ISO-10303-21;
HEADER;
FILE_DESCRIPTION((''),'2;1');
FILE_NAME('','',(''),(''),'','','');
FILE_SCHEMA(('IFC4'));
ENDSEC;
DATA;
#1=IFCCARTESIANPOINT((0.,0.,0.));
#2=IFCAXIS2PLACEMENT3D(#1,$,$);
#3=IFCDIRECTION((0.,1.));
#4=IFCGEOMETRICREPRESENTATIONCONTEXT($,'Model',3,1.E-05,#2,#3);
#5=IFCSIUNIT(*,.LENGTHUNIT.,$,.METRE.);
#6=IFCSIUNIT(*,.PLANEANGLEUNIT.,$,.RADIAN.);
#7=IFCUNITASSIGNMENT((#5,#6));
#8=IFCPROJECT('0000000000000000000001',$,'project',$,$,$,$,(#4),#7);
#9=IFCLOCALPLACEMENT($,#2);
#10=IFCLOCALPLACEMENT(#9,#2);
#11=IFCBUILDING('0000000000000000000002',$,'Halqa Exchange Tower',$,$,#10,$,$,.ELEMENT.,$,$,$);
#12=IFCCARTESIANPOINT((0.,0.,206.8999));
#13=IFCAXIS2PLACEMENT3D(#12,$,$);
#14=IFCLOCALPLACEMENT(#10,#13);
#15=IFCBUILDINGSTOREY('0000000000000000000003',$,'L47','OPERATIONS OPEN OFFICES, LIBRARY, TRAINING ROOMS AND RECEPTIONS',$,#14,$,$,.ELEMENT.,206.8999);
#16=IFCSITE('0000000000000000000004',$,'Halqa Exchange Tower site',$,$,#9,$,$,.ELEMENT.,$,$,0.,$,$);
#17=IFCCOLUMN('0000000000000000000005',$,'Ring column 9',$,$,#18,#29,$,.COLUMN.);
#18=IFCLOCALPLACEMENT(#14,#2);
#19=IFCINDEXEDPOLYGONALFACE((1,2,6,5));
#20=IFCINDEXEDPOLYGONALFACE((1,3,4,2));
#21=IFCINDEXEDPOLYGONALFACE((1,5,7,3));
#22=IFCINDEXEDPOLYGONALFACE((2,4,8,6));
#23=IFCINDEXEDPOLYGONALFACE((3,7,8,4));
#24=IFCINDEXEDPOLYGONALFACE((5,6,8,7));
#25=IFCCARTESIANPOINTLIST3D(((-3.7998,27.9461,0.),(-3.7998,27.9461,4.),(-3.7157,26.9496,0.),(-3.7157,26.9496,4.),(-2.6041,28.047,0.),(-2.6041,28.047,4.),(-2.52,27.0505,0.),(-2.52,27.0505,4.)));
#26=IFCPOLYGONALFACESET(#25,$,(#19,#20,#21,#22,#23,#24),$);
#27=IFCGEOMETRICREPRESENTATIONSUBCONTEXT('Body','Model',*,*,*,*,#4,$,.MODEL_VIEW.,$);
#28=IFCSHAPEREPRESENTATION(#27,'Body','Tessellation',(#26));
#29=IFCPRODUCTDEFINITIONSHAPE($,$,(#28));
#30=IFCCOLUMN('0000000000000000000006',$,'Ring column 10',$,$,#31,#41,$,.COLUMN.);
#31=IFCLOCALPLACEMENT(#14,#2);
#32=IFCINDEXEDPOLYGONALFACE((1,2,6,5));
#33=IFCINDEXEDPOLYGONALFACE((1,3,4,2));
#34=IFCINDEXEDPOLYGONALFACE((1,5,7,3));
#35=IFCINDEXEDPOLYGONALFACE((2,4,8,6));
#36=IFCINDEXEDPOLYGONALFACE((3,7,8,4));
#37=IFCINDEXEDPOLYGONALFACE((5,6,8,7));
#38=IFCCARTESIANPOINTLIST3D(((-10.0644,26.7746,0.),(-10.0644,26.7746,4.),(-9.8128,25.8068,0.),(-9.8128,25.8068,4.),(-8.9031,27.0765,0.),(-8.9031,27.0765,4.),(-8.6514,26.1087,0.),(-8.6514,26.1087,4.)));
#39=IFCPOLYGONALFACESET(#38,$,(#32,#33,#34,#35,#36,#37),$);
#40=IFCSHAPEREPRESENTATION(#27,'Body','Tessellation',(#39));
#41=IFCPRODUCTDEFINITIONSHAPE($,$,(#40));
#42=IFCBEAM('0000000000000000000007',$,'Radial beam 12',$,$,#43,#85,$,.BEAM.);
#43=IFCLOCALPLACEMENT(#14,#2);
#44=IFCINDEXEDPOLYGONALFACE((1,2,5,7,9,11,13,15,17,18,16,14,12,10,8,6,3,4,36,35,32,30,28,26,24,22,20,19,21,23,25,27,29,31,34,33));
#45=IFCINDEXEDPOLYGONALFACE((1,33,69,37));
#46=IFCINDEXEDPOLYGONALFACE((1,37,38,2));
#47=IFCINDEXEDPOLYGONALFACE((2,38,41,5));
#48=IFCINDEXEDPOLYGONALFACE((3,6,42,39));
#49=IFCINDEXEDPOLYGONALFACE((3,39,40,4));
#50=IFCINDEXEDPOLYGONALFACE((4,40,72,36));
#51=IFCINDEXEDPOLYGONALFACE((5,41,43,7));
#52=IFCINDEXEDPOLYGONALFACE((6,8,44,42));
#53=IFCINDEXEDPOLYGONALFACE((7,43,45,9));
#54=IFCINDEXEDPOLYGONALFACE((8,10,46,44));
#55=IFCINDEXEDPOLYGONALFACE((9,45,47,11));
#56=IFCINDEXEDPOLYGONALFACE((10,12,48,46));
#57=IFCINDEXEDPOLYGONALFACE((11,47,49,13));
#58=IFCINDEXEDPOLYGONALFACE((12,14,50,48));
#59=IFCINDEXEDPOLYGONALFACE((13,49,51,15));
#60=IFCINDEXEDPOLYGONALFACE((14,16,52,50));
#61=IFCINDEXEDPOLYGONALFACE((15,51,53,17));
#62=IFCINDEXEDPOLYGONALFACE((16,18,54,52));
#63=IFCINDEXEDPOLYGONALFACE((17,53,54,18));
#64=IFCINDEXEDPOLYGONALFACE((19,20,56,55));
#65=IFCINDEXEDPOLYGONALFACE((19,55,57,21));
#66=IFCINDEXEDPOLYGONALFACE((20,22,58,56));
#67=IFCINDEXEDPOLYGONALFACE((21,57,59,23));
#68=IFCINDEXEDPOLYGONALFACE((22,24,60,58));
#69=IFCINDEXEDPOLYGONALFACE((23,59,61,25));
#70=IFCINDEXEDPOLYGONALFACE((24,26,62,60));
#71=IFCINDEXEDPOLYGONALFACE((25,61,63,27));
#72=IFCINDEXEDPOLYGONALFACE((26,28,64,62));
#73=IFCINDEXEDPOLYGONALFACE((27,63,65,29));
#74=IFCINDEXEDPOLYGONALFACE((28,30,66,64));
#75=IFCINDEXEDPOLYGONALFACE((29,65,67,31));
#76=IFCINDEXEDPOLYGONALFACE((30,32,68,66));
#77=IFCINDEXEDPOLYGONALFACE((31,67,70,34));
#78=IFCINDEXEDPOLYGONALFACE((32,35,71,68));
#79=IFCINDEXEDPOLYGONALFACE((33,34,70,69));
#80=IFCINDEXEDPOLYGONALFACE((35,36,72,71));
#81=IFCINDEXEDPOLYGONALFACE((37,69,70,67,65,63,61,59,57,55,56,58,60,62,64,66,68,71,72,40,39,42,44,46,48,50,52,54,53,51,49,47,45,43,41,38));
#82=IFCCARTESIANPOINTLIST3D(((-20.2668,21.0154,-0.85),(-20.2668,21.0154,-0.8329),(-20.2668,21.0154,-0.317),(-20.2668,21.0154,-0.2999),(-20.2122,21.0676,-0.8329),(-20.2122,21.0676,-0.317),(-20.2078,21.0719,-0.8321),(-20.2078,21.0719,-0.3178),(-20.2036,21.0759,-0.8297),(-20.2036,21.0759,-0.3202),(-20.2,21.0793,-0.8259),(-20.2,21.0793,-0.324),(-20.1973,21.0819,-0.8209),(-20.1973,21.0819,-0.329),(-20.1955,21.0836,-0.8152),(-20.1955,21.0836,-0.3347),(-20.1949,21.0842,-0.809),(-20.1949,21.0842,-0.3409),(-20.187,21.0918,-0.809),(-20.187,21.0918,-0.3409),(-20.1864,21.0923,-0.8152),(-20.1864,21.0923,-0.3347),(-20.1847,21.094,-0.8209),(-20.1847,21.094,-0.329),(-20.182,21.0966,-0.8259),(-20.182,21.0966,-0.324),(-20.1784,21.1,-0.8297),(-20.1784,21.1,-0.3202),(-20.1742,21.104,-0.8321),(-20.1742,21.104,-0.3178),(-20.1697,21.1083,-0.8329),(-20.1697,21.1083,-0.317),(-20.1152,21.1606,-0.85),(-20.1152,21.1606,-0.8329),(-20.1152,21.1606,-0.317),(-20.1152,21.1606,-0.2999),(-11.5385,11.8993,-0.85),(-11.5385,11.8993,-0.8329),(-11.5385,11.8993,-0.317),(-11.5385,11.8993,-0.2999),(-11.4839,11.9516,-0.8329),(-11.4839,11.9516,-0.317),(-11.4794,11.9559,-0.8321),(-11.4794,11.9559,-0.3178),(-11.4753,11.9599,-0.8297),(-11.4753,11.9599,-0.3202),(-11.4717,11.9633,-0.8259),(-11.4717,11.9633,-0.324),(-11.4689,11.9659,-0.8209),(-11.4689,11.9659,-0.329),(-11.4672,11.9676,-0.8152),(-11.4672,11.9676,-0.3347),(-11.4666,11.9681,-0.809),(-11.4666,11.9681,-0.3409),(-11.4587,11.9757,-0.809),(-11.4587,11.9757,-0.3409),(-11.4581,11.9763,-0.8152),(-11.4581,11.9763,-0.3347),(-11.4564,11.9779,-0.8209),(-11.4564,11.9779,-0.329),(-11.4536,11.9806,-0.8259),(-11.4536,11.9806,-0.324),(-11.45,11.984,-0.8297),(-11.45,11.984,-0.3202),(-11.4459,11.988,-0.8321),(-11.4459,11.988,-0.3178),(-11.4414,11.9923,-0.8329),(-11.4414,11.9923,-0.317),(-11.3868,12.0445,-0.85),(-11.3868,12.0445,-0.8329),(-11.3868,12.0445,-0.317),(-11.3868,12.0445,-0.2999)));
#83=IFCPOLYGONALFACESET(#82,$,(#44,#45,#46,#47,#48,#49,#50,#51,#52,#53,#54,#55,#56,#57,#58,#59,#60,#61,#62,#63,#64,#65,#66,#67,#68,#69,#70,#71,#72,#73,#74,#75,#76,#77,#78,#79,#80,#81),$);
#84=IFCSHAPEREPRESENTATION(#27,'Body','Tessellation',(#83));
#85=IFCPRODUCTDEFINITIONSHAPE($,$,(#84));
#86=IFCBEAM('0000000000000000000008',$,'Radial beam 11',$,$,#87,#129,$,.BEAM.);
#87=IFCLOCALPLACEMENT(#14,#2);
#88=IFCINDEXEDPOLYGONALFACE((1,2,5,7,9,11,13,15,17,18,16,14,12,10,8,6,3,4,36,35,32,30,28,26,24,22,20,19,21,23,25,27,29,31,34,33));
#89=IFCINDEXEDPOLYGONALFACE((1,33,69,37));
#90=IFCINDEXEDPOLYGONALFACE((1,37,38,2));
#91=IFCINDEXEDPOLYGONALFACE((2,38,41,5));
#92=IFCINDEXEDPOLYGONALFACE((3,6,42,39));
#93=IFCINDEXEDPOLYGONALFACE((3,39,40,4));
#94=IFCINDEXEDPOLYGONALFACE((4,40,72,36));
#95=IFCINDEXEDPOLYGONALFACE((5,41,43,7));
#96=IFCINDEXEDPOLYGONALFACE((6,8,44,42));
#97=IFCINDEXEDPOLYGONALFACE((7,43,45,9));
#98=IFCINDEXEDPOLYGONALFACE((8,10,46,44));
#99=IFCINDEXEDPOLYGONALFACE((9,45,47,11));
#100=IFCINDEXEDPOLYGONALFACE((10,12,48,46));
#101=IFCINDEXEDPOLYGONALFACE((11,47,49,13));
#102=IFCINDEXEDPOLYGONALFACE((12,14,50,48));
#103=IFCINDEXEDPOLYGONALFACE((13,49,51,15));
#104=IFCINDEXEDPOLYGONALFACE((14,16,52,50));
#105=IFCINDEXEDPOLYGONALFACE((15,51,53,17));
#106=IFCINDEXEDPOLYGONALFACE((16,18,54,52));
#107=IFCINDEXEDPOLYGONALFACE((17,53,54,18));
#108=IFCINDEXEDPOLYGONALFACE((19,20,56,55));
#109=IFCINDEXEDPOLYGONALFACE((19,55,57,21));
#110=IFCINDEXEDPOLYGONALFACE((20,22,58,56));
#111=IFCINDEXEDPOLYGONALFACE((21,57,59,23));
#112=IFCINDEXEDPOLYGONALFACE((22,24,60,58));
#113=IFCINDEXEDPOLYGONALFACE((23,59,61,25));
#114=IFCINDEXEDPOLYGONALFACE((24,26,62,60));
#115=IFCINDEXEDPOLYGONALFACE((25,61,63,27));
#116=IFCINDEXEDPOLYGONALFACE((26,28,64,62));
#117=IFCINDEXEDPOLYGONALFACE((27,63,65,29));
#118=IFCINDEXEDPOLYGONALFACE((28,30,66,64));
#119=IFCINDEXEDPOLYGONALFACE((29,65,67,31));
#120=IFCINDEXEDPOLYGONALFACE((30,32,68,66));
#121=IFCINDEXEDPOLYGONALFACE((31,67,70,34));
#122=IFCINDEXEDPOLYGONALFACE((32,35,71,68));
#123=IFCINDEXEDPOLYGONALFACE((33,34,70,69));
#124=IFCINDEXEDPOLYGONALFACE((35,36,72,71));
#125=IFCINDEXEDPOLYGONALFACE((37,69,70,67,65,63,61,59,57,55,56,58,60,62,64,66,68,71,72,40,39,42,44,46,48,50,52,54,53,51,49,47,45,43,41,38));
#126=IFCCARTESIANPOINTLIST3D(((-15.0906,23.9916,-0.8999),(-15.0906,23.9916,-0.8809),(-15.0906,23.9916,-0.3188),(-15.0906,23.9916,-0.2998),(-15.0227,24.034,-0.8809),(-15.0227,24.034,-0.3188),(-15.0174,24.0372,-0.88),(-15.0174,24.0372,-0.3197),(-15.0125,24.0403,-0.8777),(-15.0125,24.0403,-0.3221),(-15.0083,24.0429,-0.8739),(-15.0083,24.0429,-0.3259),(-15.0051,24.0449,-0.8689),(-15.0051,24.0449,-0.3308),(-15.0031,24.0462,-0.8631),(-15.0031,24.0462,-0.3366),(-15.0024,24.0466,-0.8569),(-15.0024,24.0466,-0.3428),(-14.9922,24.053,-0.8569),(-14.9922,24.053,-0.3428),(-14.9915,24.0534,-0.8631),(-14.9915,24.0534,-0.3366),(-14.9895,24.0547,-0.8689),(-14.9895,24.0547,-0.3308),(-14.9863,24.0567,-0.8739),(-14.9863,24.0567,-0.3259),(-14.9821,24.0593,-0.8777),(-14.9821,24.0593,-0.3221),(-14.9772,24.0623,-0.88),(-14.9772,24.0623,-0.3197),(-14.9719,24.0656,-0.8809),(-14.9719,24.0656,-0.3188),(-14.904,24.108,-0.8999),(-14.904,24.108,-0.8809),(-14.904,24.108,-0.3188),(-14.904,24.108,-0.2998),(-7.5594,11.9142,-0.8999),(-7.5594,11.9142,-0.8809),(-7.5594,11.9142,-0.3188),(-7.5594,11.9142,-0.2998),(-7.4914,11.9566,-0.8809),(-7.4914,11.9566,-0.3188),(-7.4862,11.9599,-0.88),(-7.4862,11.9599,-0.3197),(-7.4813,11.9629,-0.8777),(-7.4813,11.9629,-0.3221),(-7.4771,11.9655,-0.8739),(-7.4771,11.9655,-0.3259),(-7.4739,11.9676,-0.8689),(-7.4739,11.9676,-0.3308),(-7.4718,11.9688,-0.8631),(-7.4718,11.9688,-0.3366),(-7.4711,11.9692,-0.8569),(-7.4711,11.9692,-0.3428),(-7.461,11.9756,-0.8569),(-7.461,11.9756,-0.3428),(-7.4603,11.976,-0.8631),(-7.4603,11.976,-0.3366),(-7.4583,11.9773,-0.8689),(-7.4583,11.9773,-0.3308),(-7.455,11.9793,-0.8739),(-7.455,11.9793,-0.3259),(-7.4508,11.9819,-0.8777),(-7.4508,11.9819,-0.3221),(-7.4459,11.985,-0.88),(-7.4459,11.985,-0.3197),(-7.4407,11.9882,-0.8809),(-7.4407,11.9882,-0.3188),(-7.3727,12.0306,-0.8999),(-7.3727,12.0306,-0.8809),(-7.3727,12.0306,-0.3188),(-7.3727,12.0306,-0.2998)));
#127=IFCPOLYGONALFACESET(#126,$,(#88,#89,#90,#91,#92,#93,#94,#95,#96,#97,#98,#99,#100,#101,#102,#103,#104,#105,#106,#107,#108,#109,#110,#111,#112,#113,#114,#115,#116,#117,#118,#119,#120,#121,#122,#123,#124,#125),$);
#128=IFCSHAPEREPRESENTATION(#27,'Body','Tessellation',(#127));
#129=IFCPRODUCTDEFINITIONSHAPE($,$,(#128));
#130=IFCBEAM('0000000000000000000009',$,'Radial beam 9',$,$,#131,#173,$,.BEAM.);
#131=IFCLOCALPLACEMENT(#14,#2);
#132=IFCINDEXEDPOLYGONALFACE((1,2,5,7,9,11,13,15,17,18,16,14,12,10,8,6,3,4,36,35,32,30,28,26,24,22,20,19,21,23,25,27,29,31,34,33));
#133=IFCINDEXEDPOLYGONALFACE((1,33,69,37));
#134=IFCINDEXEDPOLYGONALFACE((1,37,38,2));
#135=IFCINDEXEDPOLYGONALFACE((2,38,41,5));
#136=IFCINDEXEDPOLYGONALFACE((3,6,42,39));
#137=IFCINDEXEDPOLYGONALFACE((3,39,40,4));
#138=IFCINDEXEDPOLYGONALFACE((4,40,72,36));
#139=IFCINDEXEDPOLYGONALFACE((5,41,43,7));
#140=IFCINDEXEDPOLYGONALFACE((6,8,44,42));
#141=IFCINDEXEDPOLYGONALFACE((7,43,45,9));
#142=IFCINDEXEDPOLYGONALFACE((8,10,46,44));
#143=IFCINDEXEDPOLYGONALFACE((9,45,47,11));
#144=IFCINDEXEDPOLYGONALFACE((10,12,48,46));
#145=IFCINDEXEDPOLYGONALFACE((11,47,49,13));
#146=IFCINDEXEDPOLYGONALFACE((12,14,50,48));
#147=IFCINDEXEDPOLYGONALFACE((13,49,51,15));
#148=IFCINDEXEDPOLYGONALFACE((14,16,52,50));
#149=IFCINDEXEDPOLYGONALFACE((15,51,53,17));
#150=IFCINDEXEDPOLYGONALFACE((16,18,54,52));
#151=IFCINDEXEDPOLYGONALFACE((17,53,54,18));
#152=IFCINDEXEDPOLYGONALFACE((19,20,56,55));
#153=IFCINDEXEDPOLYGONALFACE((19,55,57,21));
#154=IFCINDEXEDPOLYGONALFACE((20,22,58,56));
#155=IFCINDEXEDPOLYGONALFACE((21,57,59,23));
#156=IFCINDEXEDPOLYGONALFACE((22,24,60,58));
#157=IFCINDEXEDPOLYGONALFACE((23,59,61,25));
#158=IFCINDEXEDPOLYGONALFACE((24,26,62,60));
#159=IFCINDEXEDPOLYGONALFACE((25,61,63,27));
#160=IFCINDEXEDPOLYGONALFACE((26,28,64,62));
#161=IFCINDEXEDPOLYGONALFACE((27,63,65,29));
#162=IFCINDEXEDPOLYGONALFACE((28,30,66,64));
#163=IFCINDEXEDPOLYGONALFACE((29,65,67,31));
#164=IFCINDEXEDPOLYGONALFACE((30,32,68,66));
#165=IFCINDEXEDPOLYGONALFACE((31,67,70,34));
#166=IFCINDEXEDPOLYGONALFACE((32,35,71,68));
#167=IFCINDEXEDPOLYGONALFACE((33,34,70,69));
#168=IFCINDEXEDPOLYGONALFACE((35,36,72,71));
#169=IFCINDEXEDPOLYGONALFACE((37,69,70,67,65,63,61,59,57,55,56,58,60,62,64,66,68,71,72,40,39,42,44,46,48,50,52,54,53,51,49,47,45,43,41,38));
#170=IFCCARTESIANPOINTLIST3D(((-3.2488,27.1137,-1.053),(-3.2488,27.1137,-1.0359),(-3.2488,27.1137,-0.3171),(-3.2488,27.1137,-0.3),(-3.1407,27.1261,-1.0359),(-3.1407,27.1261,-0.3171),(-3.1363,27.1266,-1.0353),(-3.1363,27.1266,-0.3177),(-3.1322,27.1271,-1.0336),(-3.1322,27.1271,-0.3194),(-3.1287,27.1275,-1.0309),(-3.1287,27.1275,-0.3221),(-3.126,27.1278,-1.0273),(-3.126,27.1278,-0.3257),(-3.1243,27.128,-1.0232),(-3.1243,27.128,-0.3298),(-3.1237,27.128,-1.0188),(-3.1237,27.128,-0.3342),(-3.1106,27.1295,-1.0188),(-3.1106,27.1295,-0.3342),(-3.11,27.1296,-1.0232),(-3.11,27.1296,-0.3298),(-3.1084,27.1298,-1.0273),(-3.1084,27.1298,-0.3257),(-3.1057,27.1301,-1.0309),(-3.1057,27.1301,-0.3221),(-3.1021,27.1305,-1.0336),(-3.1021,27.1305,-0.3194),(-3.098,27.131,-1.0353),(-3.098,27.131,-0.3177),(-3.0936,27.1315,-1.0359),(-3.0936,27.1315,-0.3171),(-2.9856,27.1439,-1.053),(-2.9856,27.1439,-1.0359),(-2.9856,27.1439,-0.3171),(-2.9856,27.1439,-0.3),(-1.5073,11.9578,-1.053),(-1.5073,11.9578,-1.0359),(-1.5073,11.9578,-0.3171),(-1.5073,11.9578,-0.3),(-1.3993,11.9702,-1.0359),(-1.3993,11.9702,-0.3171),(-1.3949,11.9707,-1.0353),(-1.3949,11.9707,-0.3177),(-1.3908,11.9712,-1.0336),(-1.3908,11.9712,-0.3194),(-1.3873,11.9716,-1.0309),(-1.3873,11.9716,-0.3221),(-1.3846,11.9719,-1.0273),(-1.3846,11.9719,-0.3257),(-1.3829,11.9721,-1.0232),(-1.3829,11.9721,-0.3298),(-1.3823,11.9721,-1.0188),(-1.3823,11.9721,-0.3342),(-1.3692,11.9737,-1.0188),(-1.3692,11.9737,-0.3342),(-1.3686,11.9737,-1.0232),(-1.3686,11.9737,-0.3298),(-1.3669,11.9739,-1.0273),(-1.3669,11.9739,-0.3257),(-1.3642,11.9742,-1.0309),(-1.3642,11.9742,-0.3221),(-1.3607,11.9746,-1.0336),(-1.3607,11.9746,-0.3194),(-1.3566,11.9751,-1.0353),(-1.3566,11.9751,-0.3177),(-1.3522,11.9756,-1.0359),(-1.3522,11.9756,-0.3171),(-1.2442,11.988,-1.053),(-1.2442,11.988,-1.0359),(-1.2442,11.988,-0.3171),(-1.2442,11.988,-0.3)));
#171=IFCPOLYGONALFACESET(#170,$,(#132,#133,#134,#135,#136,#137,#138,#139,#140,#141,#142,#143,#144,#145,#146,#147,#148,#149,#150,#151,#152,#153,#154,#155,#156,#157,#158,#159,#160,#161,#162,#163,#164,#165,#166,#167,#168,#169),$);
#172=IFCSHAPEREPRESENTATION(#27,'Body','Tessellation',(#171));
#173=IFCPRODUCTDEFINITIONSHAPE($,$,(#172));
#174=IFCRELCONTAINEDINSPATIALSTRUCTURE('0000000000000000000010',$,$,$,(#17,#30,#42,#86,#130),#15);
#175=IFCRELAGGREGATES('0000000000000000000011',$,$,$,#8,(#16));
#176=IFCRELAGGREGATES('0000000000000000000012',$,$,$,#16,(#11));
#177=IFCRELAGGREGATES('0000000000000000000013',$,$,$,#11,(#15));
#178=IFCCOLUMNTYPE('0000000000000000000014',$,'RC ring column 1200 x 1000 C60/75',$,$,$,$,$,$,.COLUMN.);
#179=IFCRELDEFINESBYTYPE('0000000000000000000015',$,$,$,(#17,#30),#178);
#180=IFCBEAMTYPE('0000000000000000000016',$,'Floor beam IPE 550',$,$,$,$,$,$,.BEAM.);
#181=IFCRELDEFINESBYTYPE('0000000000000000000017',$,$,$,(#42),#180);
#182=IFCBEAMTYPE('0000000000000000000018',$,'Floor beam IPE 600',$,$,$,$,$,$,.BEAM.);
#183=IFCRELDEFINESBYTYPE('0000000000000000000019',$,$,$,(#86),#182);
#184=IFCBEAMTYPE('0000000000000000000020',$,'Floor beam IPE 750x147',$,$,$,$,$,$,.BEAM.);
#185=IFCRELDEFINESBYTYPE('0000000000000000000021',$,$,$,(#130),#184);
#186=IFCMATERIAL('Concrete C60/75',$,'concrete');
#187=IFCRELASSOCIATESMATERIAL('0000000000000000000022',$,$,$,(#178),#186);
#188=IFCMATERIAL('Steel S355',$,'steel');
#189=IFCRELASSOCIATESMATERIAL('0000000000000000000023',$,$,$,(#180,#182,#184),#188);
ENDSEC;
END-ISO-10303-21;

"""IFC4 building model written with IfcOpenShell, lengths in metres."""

from ifc_helpers import new_model, si_unit, direction, frame, origin, origin_2d, place, context, subcontext, project, spatial, rectangle, i_section, extrude, material, material_profile, profile_set, type_object, element, save


model = new_model("IFC4")

# Units and contexts
model_context = context("Model", 3, precision=1e-05, world=origin(), true_north=direction((0.0, 1.0)))
body_context = subcontext(model_context, "Body", "Model", "MODEL_VIEW")
ifc_project = project(units=[si_unit("LENGTHUNIT", "METRE"), si_unit("PLANEANGLEUNIT", "RADIAN")], contexts=[model_context])

# Site, building, storey
site_placement = place(None, origin())
site = spatial("IfcSite", under=ifc_project, at=site_placement, Name="Halqa Exchange Tower site", CompositionType="ELEMENT", RefElevation=0.0)
building_placement = place(site_placement, origin())
building = spatial("IfcBuilding", under=site, at=building_placement, Name="Halqa Exchange Tower", CompositionType="ELEMENT")
storey_placement = place(building_placement, frame((0.0, 0.0, 206.8999)))
storey = spatial("IfcBuildingStorey", under=building, at=storey_placement, Name="L47", Description="OPERATIONS OPEN OFFICES, LIBRARY, TRAINING ROOMS AND RECEPTIONS", CompositionType="ELEMENT", Elevation=206.8999)

# Columns
ifc_material_1 = material(Name="Concrete C60/75", Category="concrete")
ifc_material_profile_1 = material_profile(ifc_material_1, rectangle(XDim=1.2, YDim=1.0, at=origin_2d()), Name="1200 x 1000")
ifc_profile_set_1 = profile_set([ifc_material_profile_1], Name="Concrete C60/75")
column_type = type_object("IfcColumnType", Name="RC ring column 1200 x 1000 C60/75", PredefinedType="COLUMN", material=ifc_profile_set_1)
for number, where, z_axis, x_axis, name in (
    (1, (-3.1599, 27.4983, 0.0), (0.0, 0.0, 1.0), (-0.996456, -0.084118, 0.0), "Ring column 9"),
    (2, (-9.3579, 26.4417, 0.0), (0.0, 0.0, 1.0), (-0.96782, -0.251642, 0.0), "Ring column 10"),
):
    element("IfcColumn", number, at=place(storey_placement, frame(where, z_axis=z_axis, x_axis=x_axis)), inside=storey, type_object=column_type, Name=name, PredefinedType="COLUMN", context=body_context, shape_type="SweptSolid", body=[
        extrude(rectangle(XDim=1.2, YDim=1.0, at=origin_2d()), origin(), (0.0, 0.0, 1.0), 4.0),
    ])

# Beams
ifc_material_2 = material(Name="Steel S355", Category="steel")
ifc_material_profile_2 = material_profile(ifc_material_2, i_section(OverallWidth=0.21, OverallDepth=0.55, WebThickness=0.011, FlangeThickness=0.0171, FilletRadius=0.0239, at=origin_2d()), Name="IPE 550")
ifc_profile_set_2 = profile_set([ifc_material_profile_2], Name="Steel S355")
beam_type_1 = type_object("IfcBeamType", Name="Floor beam IPE 550", PredefinedType="BEAM", material=ifc_profile_set_2)
beam_1_placement = place(storey_placement, frame((-11.4626, 11.9719, -0.575), z_axis=(-0.691581, 0.722299, 0.0), x_axis=(-0.722299, -0.691581, 0.0)))
element("IfcBeam", 3, at=beam_1_placement, inside=storey, type_object=beam_type_1, Name="Radial beam 12", PredefinedType="BEAM", context=body_context, shape_type="SweptSolid", body=[
    extrude(i_section(OverallWidth=0.21, OverallDepth=0.55, WebThickness=0.011, FlangeThickness=0.0171, FilletRadius=0.0239, at=origin_2d()), origin(), (0.0, 0.0, 1.0), 12.6208),
])
ifc_material_profile_3 = material_profile(ifc_material_2, i_section(OverallWidth=0.22, OverallDepth=0.6001, WebThickness=0.012, FlangeThickness=0.019, FilletRadius=0.0239, at=origin_2d()), Name="IPE 600")
ifc_profile_set_3 = profile_set([ifc_material_profile_3], Name="Steel S355")
beam_type_2 = type_object("IfcBeamType", Name="Floor beam IPE 600", PredefinedType="BEAM", material=ifc_profile_set_3)
beam_2_placement = place(storey_placement, frame((-7.4661, 11.9724, -0.5999), z_axis=(-0.529134, 0.848538, 0.0), x_axis=(-0.848538, -0.529134, 0.0)))
element("IfcBeam", 4, at=beam_2_placement, inside=storey, type_object=beam_type_2, Name="Radial beam 11", PredefinedType="BEAM", context=body_context, shape_type="SweptSolid", body=[
    extrude(i_section(OverallWidth=0.22, OverallDepth=0.6001, WebThickness=0.012, FlangeThickness=0.019, FilletRadius=0.0239, at=origin_2d()), origin(), (0.0, 0.0, 1.0), 14.2332),
])
ifc_material_profile_4 = material_profile(ifc_material_2, i_section(OverallWidth=0.2649, OverallDepth=0.7529, WebThickness=0.0132, FlangeThickness=0.0171, FilletRadius=0.0171, at=origin_2d()), Name="IPE 750x147")
ifc_profile_set_4 = profile_set([ifc_material_profile_4], Name="Steel S355")
beam_type_3 = type_object("IfcBeamType", Name="Floor beam IPE 750x147", PredefinedType="BEAM", material=ifc_profile_set_4)
beam_3_placement = place(storey_placement, frame((-1.3757, 11.9729, -0.6765), z_axis=(-0.114151, 0.993463, 0.0), x_axis=(-0.993463, -0.114151, 0.0)))
element("IfcBeam", 5, at=beam_3_placement, inside=storey, type_object=beam_type_3, Name="Radial beam 9", PredefinedType="BEAM", context=body_context, shape_type="SweptSolid", body=[
    extrude(i_section(OverallWidth=0.2649, OverallDepth=0.7529, WebThickness=0.0132, FlangeThickness=0.0171, FilletRadius=0.0171, at=origin_2d()), origin(), (0.0, 0.0, 1.0), 15.2556),
])

save(model, "model.ifc")
